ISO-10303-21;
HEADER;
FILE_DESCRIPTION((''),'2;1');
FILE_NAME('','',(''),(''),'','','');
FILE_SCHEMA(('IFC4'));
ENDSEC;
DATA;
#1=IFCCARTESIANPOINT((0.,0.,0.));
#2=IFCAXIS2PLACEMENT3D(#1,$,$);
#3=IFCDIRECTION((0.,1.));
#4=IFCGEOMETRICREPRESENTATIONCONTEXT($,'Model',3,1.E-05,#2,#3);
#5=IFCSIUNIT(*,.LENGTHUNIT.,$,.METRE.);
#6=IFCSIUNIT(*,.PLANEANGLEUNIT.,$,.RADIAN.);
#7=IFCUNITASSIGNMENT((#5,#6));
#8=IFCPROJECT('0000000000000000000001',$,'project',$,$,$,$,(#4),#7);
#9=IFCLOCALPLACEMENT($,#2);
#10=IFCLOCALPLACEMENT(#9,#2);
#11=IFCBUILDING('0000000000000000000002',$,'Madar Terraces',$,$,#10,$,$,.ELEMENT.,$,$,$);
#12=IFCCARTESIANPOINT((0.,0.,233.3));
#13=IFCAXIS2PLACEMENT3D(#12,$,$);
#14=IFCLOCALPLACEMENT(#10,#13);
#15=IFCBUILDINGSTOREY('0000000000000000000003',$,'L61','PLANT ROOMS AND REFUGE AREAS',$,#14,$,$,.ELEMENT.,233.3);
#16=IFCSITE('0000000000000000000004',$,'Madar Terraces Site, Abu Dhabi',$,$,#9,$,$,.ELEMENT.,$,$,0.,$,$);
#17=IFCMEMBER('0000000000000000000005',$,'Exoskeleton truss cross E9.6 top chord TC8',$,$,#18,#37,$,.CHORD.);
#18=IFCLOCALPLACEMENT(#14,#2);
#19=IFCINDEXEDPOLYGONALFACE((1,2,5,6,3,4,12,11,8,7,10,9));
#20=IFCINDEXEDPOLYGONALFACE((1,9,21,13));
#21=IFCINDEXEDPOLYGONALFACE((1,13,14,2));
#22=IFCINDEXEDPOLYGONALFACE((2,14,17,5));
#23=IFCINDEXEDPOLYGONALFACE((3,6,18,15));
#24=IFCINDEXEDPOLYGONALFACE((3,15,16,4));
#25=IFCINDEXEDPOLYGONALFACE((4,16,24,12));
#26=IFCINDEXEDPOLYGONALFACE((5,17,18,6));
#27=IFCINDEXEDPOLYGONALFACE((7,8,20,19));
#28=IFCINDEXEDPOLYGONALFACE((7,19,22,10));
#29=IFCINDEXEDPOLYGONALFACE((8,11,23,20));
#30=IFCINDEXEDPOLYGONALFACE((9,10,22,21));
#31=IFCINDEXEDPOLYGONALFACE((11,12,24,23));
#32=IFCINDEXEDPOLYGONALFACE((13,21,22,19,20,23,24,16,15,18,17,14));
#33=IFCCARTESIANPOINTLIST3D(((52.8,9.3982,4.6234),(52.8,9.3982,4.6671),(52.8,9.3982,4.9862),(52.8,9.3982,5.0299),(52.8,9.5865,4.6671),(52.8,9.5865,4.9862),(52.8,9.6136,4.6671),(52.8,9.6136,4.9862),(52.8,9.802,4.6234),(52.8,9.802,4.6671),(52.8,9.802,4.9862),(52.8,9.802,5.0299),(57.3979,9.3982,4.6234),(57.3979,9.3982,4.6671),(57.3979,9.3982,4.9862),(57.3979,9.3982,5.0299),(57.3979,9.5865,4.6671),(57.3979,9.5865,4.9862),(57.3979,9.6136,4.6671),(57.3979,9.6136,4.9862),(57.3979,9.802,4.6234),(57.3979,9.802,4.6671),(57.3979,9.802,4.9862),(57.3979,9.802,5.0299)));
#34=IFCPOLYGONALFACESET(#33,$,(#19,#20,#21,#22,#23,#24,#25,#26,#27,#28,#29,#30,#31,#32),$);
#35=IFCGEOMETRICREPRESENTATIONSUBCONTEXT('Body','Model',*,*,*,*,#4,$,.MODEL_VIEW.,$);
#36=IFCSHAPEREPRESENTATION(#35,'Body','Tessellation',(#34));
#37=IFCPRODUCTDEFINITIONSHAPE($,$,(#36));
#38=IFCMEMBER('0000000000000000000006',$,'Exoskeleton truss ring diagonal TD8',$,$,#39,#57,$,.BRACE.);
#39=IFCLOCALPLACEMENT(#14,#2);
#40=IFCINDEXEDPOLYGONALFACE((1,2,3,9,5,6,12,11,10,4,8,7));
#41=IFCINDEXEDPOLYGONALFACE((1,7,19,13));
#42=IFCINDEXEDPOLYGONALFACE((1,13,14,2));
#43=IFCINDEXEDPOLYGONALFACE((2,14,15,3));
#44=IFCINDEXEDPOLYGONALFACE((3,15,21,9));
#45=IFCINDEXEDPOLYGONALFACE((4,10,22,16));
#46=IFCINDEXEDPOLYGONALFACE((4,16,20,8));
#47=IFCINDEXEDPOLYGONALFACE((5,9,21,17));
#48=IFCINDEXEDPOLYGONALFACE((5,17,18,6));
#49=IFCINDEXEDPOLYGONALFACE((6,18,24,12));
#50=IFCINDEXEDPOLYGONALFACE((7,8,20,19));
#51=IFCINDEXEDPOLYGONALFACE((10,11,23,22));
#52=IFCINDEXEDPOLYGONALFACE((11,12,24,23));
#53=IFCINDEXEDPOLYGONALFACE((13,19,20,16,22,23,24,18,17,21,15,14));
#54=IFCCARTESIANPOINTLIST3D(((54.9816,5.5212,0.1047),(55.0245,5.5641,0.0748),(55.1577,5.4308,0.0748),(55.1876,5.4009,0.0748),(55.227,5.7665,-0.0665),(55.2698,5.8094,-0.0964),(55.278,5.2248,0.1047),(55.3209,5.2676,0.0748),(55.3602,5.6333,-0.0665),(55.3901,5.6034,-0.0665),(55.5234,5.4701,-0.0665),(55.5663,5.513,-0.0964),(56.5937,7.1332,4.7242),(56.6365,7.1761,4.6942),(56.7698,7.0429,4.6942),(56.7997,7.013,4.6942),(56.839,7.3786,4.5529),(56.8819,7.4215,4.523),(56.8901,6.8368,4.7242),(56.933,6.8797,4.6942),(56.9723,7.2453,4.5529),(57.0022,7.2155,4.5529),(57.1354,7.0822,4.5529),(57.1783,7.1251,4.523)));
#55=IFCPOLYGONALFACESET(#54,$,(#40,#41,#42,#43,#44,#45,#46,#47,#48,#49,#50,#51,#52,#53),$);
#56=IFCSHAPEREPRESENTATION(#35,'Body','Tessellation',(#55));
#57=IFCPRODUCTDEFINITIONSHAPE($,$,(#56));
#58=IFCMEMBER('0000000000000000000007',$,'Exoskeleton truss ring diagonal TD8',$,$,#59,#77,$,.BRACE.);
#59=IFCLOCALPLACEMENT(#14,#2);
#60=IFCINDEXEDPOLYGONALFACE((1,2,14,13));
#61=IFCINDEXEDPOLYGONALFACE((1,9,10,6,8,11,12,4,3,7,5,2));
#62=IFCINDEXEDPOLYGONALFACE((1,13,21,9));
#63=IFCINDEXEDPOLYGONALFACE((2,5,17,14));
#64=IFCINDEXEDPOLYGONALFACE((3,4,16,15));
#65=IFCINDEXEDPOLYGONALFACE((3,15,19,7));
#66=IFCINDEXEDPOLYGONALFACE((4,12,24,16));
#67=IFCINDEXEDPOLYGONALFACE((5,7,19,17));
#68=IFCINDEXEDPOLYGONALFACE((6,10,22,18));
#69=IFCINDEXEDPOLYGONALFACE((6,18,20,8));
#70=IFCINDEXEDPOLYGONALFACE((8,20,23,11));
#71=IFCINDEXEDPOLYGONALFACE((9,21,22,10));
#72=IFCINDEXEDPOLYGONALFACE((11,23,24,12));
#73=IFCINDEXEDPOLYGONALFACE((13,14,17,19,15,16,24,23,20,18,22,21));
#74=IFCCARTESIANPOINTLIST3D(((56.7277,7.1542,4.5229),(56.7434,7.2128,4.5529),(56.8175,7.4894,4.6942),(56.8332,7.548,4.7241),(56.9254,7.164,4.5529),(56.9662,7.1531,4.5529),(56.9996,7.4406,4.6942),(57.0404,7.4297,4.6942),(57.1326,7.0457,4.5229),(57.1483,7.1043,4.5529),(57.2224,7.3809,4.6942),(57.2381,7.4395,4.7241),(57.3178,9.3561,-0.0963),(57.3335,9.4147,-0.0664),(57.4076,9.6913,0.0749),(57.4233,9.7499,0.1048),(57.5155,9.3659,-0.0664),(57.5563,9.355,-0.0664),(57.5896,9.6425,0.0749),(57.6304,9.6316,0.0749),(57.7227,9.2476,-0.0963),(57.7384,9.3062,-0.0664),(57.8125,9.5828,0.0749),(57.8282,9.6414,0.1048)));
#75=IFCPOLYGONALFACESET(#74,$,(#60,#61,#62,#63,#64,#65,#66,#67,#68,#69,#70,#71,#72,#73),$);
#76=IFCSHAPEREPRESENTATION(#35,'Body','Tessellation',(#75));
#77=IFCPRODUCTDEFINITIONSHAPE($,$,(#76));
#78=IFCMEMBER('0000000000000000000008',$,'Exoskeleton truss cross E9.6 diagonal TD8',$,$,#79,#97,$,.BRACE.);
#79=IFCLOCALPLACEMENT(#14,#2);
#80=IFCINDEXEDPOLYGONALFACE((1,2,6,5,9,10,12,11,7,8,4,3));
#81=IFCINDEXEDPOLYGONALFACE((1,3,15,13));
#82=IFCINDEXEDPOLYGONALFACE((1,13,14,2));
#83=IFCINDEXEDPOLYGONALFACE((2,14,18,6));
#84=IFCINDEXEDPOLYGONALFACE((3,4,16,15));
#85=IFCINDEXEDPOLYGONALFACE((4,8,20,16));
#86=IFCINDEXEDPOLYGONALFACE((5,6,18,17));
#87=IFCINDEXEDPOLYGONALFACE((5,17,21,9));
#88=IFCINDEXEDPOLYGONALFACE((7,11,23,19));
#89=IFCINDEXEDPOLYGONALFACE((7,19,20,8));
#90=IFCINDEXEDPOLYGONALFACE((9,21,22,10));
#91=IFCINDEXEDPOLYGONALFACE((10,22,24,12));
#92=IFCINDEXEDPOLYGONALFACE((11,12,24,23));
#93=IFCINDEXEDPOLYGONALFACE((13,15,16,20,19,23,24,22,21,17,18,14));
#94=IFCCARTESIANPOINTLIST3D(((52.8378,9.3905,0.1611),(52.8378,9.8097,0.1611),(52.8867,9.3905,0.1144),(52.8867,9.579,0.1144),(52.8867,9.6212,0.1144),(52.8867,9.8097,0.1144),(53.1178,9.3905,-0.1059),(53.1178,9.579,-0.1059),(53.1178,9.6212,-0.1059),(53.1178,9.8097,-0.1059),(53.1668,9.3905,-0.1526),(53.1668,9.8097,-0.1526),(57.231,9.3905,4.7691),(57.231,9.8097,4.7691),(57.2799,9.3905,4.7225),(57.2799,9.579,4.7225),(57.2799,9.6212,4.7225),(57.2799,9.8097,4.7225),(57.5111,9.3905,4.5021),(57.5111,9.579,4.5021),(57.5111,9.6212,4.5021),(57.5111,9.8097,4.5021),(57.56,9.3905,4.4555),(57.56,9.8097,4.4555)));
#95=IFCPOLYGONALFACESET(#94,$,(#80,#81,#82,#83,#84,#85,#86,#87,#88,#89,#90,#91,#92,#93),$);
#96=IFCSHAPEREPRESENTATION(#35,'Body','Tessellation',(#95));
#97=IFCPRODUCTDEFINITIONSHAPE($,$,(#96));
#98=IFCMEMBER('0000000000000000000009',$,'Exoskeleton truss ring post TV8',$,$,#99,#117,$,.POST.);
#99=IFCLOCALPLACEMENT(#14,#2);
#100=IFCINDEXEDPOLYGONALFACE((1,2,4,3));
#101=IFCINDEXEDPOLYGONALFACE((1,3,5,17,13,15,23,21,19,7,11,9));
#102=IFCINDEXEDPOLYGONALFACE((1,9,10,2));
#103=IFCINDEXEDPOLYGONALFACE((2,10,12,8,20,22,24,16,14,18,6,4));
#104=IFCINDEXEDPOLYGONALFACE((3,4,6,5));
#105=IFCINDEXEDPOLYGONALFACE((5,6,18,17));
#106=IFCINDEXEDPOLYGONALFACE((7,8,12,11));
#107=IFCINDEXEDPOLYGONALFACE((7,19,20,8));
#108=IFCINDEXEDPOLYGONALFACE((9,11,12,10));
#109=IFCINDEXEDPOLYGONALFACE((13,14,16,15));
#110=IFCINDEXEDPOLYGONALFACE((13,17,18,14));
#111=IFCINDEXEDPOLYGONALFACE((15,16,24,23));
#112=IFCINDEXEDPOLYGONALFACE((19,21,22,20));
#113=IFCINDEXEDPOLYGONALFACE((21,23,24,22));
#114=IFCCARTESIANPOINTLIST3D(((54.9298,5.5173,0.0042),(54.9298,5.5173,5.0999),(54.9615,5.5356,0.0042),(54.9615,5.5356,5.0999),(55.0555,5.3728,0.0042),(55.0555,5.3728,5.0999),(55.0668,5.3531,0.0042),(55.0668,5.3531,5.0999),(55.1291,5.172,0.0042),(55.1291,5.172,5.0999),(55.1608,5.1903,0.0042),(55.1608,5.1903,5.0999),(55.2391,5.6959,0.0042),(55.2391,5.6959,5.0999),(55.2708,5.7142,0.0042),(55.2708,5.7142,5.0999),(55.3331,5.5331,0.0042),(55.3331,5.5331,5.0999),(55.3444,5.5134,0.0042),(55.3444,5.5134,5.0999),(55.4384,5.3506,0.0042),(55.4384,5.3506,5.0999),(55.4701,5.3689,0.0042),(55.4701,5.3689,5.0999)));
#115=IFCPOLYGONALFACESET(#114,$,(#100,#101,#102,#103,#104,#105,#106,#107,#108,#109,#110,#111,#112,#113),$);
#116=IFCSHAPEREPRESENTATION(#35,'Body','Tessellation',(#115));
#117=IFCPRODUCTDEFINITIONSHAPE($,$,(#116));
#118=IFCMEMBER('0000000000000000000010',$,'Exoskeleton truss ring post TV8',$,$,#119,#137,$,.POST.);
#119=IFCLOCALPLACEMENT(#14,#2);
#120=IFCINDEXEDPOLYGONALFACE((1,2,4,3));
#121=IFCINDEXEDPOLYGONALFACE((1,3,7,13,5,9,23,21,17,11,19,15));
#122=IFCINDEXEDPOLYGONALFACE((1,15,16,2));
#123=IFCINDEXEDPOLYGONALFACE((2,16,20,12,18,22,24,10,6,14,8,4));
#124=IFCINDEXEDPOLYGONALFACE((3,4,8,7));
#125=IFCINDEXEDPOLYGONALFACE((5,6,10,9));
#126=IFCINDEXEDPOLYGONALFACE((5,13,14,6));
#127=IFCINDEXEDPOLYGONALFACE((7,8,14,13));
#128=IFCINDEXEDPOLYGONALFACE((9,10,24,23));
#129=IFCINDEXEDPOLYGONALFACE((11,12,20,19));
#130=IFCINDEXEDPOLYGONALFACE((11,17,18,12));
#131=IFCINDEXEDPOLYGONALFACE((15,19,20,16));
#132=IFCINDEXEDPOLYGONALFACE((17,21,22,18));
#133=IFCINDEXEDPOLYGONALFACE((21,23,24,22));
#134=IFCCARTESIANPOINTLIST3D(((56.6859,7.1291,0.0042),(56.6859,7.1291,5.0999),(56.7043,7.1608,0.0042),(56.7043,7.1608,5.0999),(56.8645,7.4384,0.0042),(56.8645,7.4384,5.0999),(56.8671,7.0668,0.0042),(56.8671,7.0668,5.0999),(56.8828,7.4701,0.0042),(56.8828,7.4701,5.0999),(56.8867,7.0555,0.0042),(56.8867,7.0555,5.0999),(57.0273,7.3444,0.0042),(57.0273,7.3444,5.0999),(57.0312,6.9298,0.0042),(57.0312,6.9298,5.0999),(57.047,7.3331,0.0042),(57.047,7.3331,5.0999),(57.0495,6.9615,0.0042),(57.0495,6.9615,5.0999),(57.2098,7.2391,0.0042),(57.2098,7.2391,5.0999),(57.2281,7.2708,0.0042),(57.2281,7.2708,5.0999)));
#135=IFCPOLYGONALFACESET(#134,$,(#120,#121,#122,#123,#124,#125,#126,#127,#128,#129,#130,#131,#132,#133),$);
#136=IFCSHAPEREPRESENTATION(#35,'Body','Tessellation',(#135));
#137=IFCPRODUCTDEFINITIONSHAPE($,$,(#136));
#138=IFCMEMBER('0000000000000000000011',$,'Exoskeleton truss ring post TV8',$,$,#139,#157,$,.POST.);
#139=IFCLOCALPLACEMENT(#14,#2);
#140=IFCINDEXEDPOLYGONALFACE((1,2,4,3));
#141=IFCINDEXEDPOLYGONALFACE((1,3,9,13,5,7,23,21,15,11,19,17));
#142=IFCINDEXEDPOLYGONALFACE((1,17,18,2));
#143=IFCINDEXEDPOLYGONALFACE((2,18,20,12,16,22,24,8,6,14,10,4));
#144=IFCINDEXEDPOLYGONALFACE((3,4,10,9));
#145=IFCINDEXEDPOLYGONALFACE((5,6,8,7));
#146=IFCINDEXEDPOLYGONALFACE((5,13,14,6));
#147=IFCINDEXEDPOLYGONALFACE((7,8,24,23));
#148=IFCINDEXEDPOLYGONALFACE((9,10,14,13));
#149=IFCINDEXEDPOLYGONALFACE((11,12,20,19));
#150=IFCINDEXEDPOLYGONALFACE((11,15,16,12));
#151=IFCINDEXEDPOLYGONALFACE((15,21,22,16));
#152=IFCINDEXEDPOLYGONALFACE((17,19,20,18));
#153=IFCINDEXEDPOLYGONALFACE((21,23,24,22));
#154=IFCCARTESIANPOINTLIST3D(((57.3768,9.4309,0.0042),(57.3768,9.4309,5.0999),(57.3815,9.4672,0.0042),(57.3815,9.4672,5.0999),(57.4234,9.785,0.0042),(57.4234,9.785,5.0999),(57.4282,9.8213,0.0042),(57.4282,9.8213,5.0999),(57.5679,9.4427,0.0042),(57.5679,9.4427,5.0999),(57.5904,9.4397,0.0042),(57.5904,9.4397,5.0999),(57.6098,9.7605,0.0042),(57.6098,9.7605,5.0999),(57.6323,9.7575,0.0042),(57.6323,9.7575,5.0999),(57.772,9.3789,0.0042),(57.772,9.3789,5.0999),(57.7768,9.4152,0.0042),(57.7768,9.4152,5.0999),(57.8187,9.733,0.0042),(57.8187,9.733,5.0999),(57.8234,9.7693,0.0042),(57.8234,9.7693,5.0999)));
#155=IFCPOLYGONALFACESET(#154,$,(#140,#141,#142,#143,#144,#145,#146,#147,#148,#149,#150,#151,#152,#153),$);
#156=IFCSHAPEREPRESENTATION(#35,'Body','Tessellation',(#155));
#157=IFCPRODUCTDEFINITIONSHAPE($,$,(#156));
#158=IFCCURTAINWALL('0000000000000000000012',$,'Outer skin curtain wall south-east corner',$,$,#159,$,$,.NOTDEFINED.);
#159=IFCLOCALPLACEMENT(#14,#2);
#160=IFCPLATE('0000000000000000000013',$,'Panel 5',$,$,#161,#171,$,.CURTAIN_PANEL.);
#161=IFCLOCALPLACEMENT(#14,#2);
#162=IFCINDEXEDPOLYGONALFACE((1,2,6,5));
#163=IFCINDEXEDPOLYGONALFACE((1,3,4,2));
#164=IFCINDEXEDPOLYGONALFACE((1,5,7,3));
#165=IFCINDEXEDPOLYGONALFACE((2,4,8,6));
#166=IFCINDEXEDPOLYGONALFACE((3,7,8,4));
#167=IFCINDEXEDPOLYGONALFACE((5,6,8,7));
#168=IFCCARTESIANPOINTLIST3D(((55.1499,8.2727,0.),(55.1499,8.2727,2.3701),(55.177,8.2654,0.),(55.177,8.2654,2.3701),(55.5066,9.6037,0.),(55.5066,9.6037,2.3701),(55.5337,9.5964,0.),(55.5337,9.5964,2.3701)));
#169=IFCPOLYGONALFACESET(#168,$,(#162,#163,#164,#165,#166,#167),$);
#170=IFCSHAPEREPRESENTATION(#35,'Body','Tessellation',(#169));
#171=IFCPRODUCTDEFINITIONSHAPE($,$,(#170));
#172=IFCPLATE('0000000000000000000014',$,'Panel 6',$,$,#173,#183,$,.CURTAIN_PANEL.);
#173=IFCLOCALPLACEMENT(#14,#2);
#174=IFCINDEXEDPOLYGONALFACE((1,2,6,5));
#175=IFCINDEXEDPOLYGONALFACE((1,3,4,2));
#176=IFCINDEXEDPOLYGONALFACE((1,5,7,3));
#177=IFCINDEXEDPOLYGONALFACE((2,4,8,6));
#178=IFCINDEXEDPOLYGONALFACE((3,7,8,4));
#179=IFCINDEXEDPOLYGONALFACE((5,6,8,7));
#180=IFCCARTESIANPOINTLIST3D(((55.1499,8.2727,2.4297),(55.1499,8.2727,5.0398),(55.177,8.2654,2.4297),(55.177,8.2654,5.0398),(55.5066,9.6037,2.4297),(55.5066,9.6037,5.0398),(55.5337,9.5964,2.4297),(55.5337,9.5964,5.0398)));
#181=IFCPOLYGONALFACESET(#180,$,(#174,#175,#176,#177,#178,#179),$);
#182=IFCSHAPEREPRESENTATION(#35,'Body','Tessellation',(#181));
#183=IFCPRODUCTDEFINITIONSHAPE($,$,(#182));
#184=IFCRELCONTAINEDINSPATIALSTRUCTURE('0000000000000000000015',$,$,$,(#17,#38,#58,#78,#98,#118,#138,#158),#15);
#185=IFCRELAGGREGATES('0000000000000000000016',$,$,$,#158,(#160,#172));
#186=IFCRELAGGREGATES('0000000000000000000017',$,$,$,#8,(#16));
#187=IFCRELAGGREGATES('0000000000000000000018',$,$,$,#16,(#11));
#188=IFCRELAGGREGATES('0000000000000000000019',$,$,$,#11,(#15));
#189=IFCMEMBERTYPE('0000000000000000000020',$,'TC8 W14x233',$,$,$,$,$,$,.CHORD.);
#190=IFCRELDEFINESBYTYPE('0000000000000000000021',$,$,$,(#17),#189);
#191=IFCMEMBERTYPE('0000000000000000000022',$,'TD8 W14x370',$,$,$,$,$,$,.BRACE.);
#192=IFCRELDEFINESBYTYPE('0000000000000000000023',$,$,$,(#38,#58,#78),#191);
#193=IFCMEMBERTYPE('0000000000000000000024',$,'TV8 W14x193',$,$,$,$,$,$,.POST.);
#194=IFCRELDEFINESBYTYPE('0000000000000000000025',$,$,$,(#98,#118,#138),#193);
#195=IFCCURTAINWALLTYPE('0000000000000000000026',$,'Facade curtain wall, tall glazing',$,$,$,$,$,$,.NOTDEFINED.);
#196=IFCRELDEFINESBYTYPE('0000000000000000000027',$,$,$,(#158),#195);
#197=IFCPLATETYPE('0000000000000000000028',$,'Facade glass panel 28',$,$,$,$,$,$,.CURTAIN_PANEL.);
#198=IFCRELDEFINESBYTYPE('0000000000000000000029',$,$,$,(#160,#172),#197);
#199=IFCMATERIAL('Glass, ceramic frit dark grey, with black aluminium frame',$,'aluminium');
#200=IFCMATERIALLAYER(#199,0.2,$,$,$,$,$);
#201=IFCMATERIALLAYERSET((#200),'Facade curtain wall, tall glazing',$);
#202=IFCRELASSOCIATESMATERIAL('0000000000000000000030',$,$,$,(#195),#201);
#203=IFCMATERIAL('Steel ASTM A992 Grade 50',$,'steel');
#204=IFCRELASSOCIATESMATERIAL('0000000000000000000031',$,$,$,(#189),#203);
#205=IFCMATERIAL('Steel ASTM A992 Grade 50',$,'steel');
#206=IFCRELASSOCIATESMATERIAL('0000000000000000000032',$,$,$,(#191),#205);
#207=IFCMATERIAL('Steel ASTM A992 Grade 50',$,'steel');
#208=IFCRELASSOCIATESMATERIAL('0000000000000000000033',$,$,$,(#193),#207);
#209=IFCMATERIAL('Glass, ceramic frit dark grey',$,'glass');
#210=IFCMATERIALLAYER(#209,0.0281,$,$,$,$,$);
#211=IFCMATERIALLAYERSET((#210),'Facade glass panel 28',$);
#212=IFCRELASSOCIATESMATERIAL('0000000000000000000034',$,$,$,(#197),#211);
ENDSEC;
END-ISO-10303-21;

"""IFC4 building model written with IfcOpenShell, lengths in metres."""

from ifc_helpers import new_model, si_unit, direction, frame, origin, origin_2d, place, context, subcontext, project, spatial, rectangle, i_section, extrude, material, layer, layer_set, material_profile, profile_set, type_object, element, aggregate, save


model = new_model("IFC4")

# Units and contexts
model_context = context("Model", 3, precision=1e-05, world=origin(), true_north=direction((0.0, 1.0)))
body_context = subcontext(model_context, "Body", "Model", "MODEL_VIEW")
ifc_project = project(units=[si_unit("LENGTHUNIT", "METRE"), si_unit("PLANEANGLEUNIT", "RADIAN")], contexts=[model_context])

# Site, building, storey
site_placement = place(None, origin())
site = spatial("IfcSite", under=ifc_project, at=site_placement, Name="Madar Terraces Site, Abu Dhabi", CompositionType="ELEMENT", RefElevation=0.0)
building_placement = place(site_placement, origin())
building = spatial("IfcBuilding", under=site, at=building_placement, Name="Madar Terraces", CompositionType="ELEMENT")
storey_placement = place(building_placement, frame((0.0, 0.0, 233.3)))
storey = spatial("IfcBuildingStorey", under=building, at=storey_placement, Name="L61", Description="PLANT ROOMS AND REFUGE AREAS", CompositionType="ELEMENT", Elevation=233.3)

# Shared definitions
ifc_material_1 = material(Name="Glass, ceramic frit dark grey, with black aluminium frame", Category="aluminium")
ifc_layer_1 = layer(ifc_material_1, 0.2)
ifc_layer_set_1 = layer_set([ifc_layer_1], Name="Facade curtain wall, tall glazing")
curtain_wall_type = type_object("IfcCurtainWallType", Name="Facade curtain wall, tall glazing", PredefinedType="NOTDEFINED", material=ifc_layer_set_1)

# Members
ifc_material_2 = material(Name="Steel ASTM A992 Grade 50", Category="steel")
ifc_material_profile_1 = material_profile(ifc_material_2, i_section(OverallWidth=0.4038, OverallDepth=0.4065, WebThickness=0.0271, FlangeThickness=0.0437, at=origin_2d()), Name="W14x233")
ifc_profile_set_1 = profile_set([ifc_material_profile_1], Name="Steel ASTM A992 Grade 50")
member_type_1 = type_object("IfcMemberType", Name="TC8 W14x233", PredefinedType="CHORD", material=ifc_profile_set_1)
member_1_placement = place(storey_placement, frame((57.3979, 9.6001, 4.8267), z_axis=(-1.0, 0.0, 0.0), x_axis=(0.0, -1.0, 0.0)))
element("IfcMember", 1, at=member_1_placement, inside=storey, type_object=member_type_1, Name="Exoskeleton truss cross E9.6 top chord TC8", PredefinedType="CHORD", context=body_context, shape_type="SweptSolid", body=[
    extrude(i_section(OverallWidth=0.4038, OverallDepth=0.4065, WebThickness=0.0271, FlangeThickness=0.0437, at=origin_2d()), origin(), (0.0, 0.0, 1.0), 4.5979),
])
ifc_material_3 = material(Name="Steel ASTM A992 Grade 50", Category="steel")
ifc_material_profile_2 = material_profile(ifc_material_3, i_section(OverallWidth=0.4192, OverallDepth=0.4546, WebThickness=0.0422, FlangeThickness=0.0676, at=origin_2d()), Name="W14x370")
ifc_profile_set_2 = profile_set([ifc_material_profile_2], Name="Steel ASTM A992 Grade 50")
member_type_2 = type_object("IfcMemberType", Name="TD8 W14x370", PredefinedType="BRACE", material=ifc_profile_set_2)
member_2_placement = place(storey_placement, frame((55.2739, 5.5171, 0.0042), z_axis=(0.312941, 0.312941, 0.896736), x_axis=(-0.707107, 0.707107, 0.0)))
element("IfcMember", 2, at=member_2_placement, inside=storey, type_object=member_type_2, Name="Exoskeleton truss ring diagonal TD8", PredefinedType="BRACE", context=body_context, shape_type="SweptSolid", body=[
    extrude(i_section(OverallWidth=0.4192, OverallDepth=0.4546, WebThickness=0.0422, FlangeThickness=0.0676, at=origin_2d()), origin(), (0.0, 0.0, 1.0), 5.1514),
])
member_3_placement = place(storey_placement, frame((56.9829, 7.2969, 4.6235), z_axis=(0.114553, 0.427451, -0.896752), x_axis=(-0.965916, 0.258856, 0.0)))
element("IfcMember", 3, at=member_3_placement, inside=storey, type_object=member_type_2, Name="Exoskeleton truss ring diagonal TD8", PredefinedType="BRACE", context=body_context, shape_type="SweptSolid", body=[
    extrude(i_section(OverallWidth=0.4192, OverallDepth=0.4546, WebThickness=0.0422, FlangeThickness=0.0676, at=origin_2d()), origin(), (0.0, 0.0, 1.0), 5.1511),
])
member_4_placement = place(storey_placement, frame((57.3955, 9.6001, 4.6123), z_axis=(-0.690033, 0.0, -0.723778), x_axis=(0.0, -1.0, 0.0)))
element("IfcMember", 4, at=member_4_placement, inside=storey, type_object=member_type_2, Name="Exoskeleton truss cross E9.6 diagonal TD8", PredefinedType="BRACE", context=body_context, shape_type="SweptSolid", body=[
    extrude(i_section(OverallWidth=0.4192, OverallDepth=0.4546, WebThickness=0.0422, FlangeThickness=0.0676, at=origin_2d()), origin(), (0.0, 0.0, 1.0), 6.3667),
])
ifc_material_4 = material(Name="Steel ASTM A992 Grade 50", Category="steel")
ifc_material_profile_3 = material_profile(ifc_material_4, i_section(OverallWidth=0.3987, OverallDepth=0.3938, WebThickness=0.0227, FlangeThickness=0.0366, at=origin_2d()), Name="W14x193")
ifc_profile_set_3 = profile_set([ifc_material_profile_3], Name="Steel ASTM A992 Grade 50")
member_type_3 = type_object("IfcMemberType", Name="TV8 W14x193", PredefinedType="POST", material=ifc_profile_set_3)
for number, where, z_axis, x_axis, name in (
    (5, (55.2, 5.4431, 0.0042), (0.0, 0.0, 1.0), (-0.5, 0.866025, 0.0), "Exoskeleton truss ring post TV8"),
    (6, (56.957, 7.2, 0.0042), (0.0, 0.0, 1.0), (-0.866025, 0.5, 0.0), "Exoskeleton truss ring post TV8"),
    (7, (57.6001, 9.6001, 0.0042), (0.0, 0.0, 1.0), (-0.991445, 0.130526, 0.0), "Exoskeleton truss ring post TV8"),
):
    element("IfcMember", number, at=place(storey_placement, frame(where, z_axis=z_axis, x_axis=x_axis)), inside=storey, type_object=member_type_3, Name=name, PredefinedType="POST", context=body_context, shape_type="SweptSolid", body=[
        extrude(i_section(OverallWidth=0.3987, OverallDepth=0.3938, WebThickness=0.0227, FlangeThickness=0.0366, at=origin_2d()), origin(), (0.0, 0.0, 1.0), 5.0957),
    ])

# Curtain wall, plates
curtain_wall_1_placement = place(storey_placement, origin())
curtain_wall_1 = element("IfcCurtainWall", 8, at=curtain_wall_1_placement, inside=storey, type_object=curtain_wall_type, Name="Outer skin curtain wall south-east corner", PredefinedType="NOTDEFINED")
ifc_material_5 = material(Name="Glass, ceramic frit dark grey", Category="glass")
ifc_layer_2 = layer(ifc_material_5, 0.0281)
ifc_layer_set_2 = layer_set([ifc_layer_2], Name="Facade glass panel 28")
plate_type = type_object("IfcPlateType", Name="Facade glass panel 28", PredefinedType="CURTAIN_PANEL", material=ifc_layer_set_2)
plate_1_placement = place(storey_placement, frame((55.3418, 8.9346, 0.0), z_axis=(0.0, 0.0, 1.0), x_axis=(0.258819, 0.965926, 0.0)))
plate_1 = element("IfcPlate", 9, at=plate_1_placement, type_object=plate_type, Name="Panel 5", PredefinedType="CURTAIN_PANEL", context=body_context, shape_type="SweptSolid", body=[
    extrude(rectangle(XDim=1.3779, YDim=0.0281, at=origin_2d()), origin(), (0.0, 0.0, 1.0), 2.3701),
])
plate_2_placement = place(storey_placement, frame((55.3418, 8.9346, 2.4297), z_axis=(0.0, 0.0, 1.0), x_axis=(0.258819, 0.965926, 0.0)))
plate_2 = element("IfcPlate", 10, at=plate_2_placement, type_object=plate_type, Name="Panel 6", PredefinedType="CURTAIN_PANEL", context=body_context, shape_type="SweptSolid", body=[
    extrude(rectangle(XDim=1.3779, YDim=0.0281, at=origin_2d()), origin(), (0.0, 0.0, 1.0), 2.6101),
])
aggregate(curtain_wall_1, [plate_1, plate_2])

save(model, "model.ifc")
